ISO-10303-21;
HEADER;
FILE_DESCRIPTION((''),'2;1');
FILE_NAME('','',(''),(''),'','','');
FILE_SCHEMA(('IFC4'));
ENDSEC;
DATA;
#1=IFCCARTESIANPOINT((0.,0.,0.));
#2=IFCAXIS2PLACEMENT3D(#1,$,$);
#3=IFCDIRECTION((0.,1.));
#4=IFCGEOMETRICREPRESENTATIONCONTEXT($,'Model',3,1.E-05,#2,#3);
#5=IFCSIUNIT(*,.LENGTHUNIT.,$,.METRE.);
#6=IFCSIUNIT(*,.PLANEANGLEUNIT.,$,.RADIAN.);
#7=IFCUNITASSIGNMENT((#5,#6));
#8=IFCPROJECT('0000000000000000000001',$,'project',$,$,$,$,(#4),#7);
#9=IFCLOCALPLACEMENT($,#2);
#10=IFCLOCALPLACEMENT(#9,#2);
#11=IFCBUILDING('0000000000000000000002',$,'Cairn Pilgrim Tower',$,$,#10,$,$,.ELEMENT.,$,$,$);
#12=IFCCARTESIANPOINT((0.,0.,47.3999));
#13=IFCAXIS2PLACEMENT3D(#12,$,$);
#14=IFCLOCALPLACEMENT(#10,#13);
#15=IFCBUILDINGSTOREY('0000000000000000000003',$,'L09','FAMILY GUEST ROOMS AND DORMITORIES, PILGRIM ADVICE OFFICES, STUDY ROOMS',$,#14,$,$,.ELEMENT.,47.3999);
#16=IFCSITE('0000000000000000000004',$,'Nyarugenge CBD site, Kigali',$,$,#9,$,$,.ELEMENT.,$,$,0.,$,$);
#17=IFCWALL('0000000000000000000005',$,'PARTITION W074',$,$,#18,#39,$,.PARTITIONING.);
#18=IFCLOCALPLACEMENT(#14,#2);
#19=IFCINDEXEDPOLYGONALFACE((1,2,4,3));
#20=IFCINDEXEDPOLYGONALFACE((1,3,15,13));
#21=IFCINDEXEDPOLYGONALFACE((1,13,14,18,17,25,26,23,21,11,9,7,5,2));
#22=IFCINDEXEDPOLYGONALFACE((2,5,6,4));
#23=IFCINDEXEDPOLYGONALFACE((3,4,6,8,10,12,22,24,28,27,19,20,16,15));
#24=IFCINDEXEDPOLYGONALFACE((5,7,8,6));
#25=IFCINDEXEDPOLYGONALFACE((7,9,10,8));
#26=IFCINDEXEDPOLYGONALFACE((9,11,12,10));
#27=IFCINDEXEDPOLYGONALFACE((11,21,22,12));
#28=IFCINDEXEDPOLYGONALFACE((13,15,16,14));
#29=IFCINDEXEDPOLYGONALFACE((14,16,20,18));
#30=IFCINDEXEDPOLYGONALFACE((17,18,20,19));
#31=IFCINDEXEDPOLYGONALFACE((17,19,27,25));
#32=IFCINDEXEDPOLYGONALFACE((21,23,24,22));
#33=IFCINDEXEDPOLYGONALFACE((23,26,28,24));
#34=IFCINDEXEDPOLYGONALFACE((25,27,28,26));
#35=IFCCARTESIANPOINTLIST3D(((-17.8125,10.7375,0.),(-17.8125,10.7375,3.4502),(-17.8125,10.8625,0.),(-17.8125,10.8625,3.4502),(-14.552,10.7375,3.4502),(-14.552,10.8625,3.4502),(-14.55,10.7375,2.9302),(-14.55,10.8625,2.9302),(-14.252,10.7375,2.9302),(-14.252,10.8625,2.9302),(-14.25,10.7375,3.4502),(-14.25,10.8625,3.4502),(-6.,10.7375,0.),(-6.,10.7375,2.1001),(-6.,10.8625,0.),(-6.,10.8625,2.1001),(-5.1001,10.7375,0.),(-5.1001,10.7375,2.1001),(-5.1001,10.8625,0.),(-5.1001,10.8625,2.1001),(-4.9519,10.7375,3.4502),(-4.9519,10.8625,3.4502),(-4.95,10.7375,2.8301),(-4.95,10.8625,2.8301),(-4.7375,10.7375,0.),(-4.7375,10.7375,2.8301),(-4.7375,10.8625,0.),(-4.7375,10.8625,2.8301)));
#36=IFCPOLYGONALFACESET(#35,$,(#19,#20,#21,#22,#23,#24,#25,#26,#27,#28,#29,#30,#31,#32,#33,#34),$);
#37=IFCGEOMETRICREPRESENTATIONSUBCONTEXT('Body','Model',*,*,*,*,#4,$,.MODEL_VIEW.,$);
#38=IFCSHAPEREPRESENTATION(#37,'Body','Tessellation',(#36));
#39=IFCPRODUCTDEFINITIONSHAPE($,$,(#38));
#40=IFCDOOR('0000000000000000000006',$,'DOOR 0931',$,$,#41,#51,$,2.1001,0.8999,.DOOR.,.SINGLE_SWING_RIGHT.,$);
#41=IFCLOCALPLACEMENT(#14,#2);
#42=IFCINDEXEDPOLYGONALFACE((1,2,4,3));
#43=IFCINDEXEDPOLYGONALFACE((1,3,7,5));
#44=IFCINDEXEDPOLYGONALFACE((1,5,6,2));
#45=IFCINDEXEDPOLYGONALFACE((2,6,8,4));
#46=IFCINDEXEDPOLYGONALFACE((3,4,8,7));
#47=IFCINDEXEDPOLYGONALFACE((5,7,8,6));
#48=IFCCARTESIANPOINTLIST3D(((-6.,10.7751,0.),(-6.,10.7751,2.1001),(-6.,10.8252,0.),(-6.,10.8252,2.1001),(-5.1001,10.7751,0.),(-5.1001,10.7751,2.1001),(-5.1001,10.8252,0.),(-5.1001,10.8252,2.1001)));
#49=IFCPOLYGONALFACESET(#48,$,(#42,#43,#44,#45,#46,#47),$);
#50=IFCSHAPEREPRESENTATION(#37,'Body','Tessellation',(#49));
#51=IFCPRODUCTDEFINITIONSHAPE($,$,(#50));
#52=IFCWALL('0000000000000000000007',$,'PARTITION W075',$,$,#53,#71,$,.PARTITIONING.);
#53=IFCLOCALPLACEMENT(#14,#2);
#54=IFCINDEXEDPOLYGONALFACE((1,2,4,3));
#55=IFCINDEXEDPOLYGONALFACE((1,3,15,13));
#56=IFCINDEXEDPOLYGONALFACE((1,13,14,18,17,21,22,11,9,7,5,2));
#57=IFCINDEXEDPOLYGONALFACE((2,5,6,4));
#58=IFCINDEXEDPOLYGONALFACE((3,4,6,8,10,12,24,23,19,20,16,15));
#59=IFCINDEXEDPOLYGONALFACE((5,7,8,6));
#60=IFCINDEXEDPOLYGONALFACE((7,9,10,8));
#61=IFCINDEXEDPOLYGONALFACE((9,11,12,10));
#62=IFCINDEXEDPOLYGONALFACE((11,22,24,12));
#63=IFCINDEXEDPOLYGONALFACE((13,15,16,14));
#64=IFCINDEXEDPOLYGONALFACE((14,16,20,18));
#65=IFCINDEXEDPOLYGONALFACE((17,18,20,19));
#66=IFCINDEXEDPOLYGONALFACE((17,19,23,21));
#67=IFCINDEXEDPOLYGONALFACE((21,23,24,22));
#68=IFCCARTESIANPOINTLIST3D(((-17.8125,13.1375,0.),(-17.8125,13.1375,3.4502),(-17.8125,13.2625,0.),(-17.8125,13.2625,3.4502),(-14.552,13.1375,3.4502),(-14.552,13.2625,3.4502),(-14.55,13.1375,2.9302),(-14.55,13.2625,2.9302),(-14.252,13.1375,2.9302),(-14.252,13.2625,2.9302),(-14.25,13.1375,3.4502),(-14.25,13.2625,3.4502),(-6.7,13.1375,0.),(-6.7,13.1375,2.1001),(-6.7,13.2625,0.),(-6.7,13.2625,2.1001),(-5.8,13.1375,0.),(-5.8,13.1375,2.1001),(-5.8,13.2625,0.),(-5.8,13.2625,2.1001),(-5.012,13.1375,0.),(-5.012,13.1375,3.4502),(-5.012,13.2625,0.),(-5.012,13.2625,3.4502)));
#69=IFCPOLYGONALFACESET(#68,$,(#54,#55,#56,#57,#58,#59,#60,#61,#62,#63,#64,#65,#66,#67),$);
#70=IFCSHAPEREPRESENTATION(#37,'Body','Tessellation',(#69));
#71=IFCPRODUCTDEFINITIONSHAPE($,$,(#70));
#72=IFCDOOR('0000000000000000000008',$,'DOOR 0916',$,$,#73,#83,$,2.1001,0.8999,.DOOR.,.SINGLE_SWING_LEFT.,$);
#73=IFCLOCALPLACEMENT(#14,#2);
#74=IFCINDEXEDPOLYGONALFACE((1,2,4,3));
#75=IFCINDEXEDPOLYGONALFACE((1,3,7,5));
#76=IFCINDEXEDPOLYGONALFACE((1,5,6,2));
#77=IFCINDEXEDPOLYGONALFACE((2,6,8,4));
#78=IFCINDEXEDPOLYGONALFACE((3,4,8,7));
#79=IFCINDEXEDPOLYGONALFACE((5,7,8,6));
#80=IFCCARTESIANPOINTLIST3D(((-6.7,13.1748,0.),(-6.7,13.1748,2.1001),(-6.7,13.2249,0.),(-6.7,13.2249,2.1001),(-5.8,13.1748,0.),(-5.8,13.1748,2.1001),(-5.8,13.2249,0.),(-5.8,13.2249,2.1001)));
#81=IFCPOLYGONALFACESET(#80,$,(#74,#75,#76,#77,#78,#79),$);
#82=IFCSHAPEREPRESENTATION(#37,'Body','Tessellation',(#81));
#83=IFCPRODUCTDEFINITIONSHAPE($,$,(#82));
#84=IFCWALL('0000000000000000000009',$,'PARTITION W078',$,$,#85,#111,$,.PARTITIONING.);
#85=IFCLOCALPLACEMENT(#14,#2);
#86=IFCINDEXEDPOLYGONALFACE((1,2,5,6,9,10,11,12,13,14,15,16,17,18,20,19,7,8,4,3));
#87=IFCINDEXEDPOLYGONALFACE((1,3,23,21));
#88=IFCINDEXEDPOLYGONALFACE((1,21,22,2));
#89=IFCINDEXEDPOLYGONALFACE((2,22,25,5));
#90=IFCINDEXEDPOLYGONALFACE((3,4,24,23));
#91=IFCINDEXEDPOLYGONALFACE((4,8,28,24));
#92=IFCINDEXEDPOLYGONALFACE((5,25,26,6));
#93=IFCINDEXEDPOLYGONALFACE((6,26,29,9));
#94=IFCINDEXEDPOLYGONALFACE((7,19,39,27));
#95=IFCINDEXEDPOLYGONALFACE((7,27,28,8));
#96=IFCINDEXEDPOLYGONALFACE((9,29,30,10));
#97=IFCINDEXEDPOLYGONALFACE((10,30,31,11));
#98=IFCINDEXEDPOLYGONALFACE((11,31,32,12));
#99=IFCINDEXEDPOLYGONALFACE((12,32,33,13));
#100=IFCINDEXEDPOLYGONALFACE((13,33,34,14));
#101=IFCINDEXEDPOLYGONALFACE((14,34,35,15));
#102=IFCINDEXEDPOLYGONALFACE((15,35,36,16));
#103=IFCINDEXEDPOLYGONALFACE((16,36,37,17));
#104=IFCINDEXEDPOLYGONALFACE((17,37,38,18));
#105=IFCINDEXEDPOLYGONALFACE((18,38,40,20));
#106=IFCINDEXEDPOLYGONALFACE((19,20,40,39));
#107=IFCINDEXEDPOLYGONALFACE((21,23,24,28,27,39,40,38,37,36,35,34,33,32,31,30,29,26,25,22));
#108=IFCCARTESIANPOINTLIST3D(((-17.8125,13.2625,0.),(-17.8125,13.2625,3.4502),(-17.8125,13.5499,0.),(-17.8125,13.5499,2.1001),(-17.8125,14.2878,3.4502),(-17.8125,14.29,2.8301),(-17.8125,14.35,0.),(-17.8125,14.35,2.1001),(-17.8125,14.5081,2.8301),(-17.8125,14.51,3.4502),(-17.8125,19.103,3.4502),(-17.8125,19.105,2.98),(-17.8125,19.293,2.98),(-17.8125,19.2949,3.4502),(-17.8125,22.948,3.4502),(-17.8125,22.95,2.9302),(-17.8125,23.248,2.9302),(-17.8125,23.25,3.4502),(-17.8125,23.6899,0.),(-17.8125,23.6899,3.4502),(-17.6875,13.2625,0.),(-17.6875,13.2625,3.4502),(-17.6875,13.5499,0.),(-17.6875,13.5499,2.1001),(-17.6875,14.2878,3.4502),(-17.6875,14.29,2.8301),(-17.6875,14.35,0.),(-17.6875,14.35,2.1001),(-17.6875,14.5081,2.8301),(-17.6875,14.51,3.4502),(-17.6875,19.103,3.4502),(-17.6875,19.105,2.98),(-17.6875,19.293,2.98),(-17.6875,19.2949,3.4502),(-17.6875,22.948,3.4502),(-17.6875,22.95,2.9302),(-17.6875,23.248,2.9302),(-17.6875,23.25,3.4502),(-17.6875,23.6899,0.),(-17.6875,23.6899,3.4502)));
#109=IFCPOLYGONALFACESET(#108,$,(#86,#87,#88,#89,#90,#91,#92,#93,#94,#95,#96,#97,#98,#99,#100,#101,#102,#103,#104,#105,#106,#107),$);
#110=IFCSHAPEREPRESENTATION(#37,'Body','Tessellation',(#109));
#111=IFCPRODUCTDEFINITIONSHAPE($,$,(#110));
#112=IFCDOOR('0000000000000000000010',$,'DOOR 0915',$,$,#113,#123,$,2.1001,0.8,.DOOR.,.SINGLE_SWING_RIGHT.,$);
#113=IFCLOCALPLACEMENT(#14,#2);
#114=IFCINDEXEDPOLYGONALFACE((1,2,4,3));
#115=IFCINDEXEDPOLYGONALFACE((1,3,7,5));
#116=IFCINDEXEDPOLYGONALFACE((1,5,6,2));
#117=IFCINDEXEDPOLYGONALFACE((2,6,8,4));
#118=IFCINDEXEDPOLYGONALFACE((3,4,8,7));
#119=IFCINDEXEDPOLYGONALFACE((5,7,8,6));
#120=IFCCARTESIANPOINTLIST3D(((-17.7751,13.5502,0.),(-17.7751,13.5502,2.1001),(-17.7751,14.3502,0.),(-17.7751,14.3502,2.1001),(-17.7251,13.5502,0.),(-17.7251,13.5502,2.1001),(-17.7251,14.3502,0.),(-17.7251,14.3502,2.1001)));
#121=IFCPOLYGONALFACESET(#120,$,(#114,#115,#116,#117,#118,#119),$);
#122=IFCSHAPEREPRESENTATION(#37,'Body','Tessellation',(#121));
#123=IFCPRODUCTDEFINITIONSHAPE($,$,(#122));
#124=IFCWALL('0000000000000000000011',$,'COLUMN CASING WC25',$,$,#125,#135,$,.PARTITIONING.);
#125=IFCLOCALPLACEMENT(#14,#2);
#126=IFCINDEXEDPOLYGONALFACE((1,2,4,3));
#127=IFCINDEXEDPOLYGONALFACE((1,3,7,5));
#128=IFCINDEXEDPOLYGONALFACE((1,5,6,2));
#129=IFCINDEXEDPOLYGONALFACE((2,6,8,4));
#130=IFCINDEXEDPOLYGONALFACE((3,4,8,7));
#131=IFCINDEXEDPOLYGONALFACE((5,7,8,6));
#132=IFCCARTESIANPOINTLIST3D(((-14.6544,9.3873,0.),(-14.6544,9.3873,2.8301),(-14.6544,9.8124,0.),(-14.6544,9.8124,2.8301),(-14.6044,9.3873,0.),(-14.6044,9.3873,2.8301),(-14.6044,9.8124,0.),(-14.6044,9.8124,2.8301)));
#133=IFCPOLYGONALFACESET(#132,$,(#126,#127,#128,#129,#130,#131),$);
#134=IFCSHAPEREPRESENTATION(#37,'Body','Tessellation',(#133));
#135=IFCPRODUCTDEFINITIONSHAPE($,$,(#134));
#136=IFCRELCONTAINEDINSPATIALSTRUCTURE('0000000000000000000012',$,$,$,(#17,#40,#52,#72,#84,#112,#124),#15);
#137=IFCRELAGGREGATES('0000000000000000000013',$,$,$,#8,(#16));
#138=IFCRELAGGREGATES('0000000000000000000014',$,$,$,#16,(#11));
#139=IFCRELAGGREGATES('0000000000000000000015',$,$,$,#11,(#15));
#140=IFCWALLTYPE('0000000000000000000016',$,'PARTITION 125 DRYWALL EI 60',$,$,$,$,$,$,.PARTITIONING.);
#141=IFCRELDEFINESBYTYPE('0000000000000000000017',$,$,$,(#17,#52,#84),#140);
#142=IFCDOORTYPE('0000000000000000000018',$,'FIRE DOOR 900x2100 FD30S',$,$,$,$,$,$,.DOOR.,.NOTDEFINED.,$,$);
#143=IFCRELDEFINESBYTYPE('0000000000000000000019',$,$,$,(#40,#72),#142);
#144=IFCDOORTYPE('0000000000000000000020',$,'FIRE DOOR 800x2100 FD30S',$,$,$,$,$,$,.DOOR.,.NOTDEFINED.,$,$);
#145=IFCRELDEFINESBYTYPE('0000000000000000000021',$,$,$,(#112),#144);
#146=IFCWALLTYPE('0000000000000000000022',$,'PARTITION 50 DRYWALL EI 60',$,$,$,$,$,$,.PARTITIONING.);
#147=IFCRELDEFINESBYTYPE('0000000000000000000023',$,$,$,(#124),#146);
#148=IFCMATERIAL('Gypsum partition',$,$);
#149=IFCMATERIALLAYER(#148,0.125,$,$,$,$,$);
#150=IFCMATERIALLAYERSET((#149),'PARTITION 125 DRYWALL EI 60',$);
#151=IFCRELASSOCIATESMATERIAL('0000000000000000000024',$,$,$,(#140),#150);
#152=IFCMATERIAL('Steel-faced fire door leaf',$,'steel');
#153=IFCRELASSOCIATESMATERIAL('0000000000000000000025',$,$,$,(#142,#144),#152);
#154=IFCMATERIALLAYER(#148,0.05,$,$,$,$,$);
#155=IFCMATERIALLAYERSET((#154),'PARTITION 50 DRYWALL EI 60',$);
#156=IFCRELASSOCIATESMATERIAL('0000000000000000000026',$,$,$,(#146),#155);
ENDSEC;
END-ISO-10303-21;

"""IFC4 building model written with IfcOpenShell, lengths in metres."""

from ifc_helpers import new_model, si_unit, direction, frame, frame_2d, origin, place, context, subcontext, project, spatial, polyline, rectangle, outline, extrude, material, layer, layer_set, type_object, element, fill, save


model = new_model("IFC4")

# Units and contexts
model_context = context("Model", 3, precision=1e-05, world=origin(), true_north=direction((0.0, 1.0)))
body_context = subcontext(model_context, "Body", "Model", "MODEL_VIEW")
ifc_project = project(units=[si_unit("LENGTHUNIT", "METRE"), si_unit("PLANEANGLEUNIT", "RADIAN")], contexts=[model_context])

# Site, building, storey
site_placement = place(None, origin())
site = spatial("IfcSite", under=ifc_project, at=site_placement, Name="Nyarugenge CBD site, Kigali", CompositionType="ELEMENT", RefElevation=0.0)
building_placement = place(site_placement, origin())
building = spatial("IfcBuilding", under=site, at=building_placement, Name="Cairn Pilgrim Tower", CompositionType="ELEMENT")
storey_placement = place(building_placement, frame((0.0, 0.0, 47.3999)))
storey = spatial("IfcBuildingStorey", under=building, at=storey_placement, Name="L09", Description="FAMILY GUEST ROOMS AND DORMITORIES, PILGRIM ADVICE OFFICES, STUDY ROOMS", CompositionType="ELEMENT", Elevation=47.3999)

# Shared definitions
ifc_material_1 = material(Name="Gypsum partition")

# Shared definitions
ifc_layer_1 = layer(ifc_material_1, 0.125)
ifc_layer_set_1 = layer_set([ifc_layer_1], Name="PARTITION 125 DRYWALL EI 60")
wall_type_1 = type_object("IfcWallType", Name="PARTITION 125 DRYWALL EI 60", PredefinedType="PARTITIONING", material=ifc_layer_set_1)

# Shared definitions
ifc_material_2 = material(Name="Steel-faced fire door leaf", Category="steel")
door_type_1 = type_object("IfcDoorType", Name="FIRE DOOR 900x2100 FD30S", OperationType="NOTDEFINED", PredefinedType="DOOR", material=ifc_material_2)
door_type_2 = type_object("IfcDoorType", Name="FIRE DOOR 800x2100 FD30S", OperationType="NOTDEFINED", PredefinedType="DOOR", material=ifc_material_2)

# Walls, openings, doors
wall_1_placement = place(storey_placement, frame((-17.8125, 10.8, 0.0), z_axis=(0.0, 0.0, 1.0), x_axis=(1.0, 0.0, 0.0)))
wall_1 = element("IfcWall", 1, at=wall_1_placement, inside=storey, type_object=wall_type_1, Name="PARTITION W074", PredefinedType="PARTITIONING", context=body_context, shape_type="SweptSolid", body=[
    extrude(outline(polyline([(0.0, 0.0), (13.075, 0.0), (13.075, 2.8301), (12.8625, 2.8301), (12.8606, 3.4502), (3.5625, 3.4502), (3.5605, 2.9302), (3.2625, 2.9302), (3.2605, 3.4502), (0.0, 3.4502), (0.0, 0.0)])), frame((0.0, 0.0625, 0.0), z_axis=(0.0, -1.0, 0.0), x_axis=(1.0, 0.0, 0.0)), (0.0, 0.0, 1.0), 0.125),
])
opening_1_placement = place(wall_1_placement, frame((11.8125, 0.0, 0.0)))
opening_1 = element("IfcOpeningElement", 2, at=opening_1_placement, cuts=wall_1, PredefinedType="OPENING", context=body_context, shape_type="SweptSolid", body=[
    extrude(rectangle(XDim=0.8999, YDim=2.1001, at=frame_2d((0.45, 1.05))), frame((0.0, 0.0725, 0.0), z_axis=(0.0, -1.0, 0.0), x_axis=(1.0, 0.0, 0.0)), (0.0, 0.0, 1.0), 0.145),
])
door_1_placement = place(opening_1_placement, frame((0.8999, 0.0, 0.0), z_axis=(0.0, 0.0, 1.0), x_axis=(-1.0, 0.0, 0.0)))
door_1 = element("IfcDoor", 3, at=door_1_placement, inside=storey, type_object=door_type_1, Name="DOOR 0931", OperationType="SINGLE_SWING_RIGHT", OverallHeight=2.1001, OverallWidth=0.8999, PredefinedType="DOOR", context=body_context, shape_type="SweptSolid", body=[
    extrude(rectangle(XDim=0.8999, YDim=2.1001, at=frame_2d((0.45, 1.05))), frame((0.0, 0.0249, 0.0), z_axis=(0.0, -1.0, 0.0), x_axis=(1.0, 0.0, 0.0)), (0.0, 0.0, 1.0), 0.05),
])
fill(opening_1, door_1)
wall_2_placement = place(storey_placement, frame((-17.8125, 13.2, 0.0), z_axis=(0.0, 0.0, 1.0), x_axis=(1.0, 0.0, 0.0)))
wall_2 = element("IfcWall", 4, at=wall_2_placement, inside=storey, type_object=wall_type_1, Name="PARTITION W075", PredefinedType="PARTITIONING", context=body_context, shape_type="SweptSolid", body=[
    extrude(outline(polyline([(0.0, 0.0), (12.8005, 0.0), (12.8005, 3.4502), (3.5625, 3.4502), (3.5605, 2.9302), (3.2625, 2.9302), (3.2605, 3.4502), (0.0, 3.4502), (0.0, 0.0)])), frame((0.0, 0.0625, 0.0), z_axis=(0.0, -1.0, 0.0), x_axis=(1.0, 0.0, 0.0)), (0.0, 0.0, 1.0), 0.125),
])
opening_2_placement = place(wall_2_placement, frame((11.1125, 0.0, 0.0)))
opening_2 = element("IfcOpeningElement", 5, at=opening_2_placement, cuts=wall_2, PredefinedType="OPENING", context=body_context, shape_type="SweptSolid", body=[
    extrude(rectangle(XDim=0.8999, YDim=2.1001, at=frame_2d((0.45, 1.05))), frame((0.0, 0.0725, 0.0), z_axis=(0.0, -1.0, 0.0), x_axis=(1.0, 0.0, 0.0)), (0.0, 0.0, 1.0), 0.145),
])
door_2_placement = place(opening_2_placement, origin())
door_2 = element("IfcDoor", 6, at=door_2_placement, inside=storey, type_object=door_type_1, Name="DOOR 0916", OperationType="SINGLE_SWING_LEFT", OverallHeight=2.1001, OverallWidth=0.8999, PredefinedType="DOOR", context=body_context, shape_type="SweptSolid", body=[
    extrude(rectangle(XDim=0.8999, YDim=2.1001, at=frame_2d((0.45, 1.05))), frame((0.0, 0.0249, 0.0), z_axis=(0.0, -1.0, 0.0), x_axis=(1.0, 0.0, 0.0)), (0.0, 0.0, 1.0), 0.05),
])
fill(opening_2, door_2)
wall_3_placement = place(storey_placement, frame((-17.75, 13.2625, 0.0), z_axis=(0.0, 0.0, 1.0), x_axis=(0.0, 1.0, 0.0)))
wall_3 = element("IfcWall", 7, at=wall_3_placement, inside=storey, type_object=wall_type_1, Name="PARTITION W078", PredefinedType="PARTITIONING", context=body_context, shape_type="SweptSolid", body=[
    extrude(outline(polyline([(0.0, 0.0), (10.4275, 0.0), (10.4275, 3.4502), (9.9875, 3.4502), (9.9856, 2.9302), (9.6875, 2.9302), (9.6855, 3.4502), (6.0325, 3.4502), (6.0305, 2.98), (5.8425, 2.98), (5.8406, 3.4502), (1.2476, 3.4502), (1.2456, 2.8301), (1.0276, 2.8301), (1.0254, 3.4502), (0.0, 3.4502), (0.0, 0.0)])), frame((0.0, 0.0625, 0.0), z_axis=(0.0, -1.0, 0.0), x_axis=(1.0, 0.0, 0.0)), (0.0, 0.0, 1.0), 0.125),
])
opening_3_placement = place(wall_3_placement, frame((0.2876, 0.0, 0.0)))
opening_3 = element("IfcOpeningElement", 8, at=opening_3_placement, cuts=wall_3, PredefinedType="OPENING", context=body_context, shape_type="SweptSolid", body=[
    extrude(rectangle(XDim=0.8, YDim=2.1001, at=frame_2d((0.3999, 1.05))), frame((0.0, 0.0725, 0.0), z_axis=(0.0, -1.0, 0.0), x_axis=(1.0, 0.0, 0.0)), (0.0, 0.0, 1.0), 0.145),
])
door_3_placement = place(opening_3_placement, frame((0.8, 0.0, 0.0), z_axis=(0.0, 0.0, 1.0), x_axis=(-1.0, 0.0, 0.0)))
door_3 = element("IfcDoor", 9, at=door_3_placement, inside=storey, type_object=door_type_2, Name="DOOR 0915", OperationType="SINGLE_SWING_RIGHT", OverallHeight=2.1001, OverallWidth=0.8, PredefinedType="DOOR", context=body_context, shape_type="SweptSolid", body=[
    extrude(rectangle(XDim=0.8, YDim=2.1001, at=frame_2d((0.3999, 1.05))), frame((0.0, 0.0249, 0.0), z_axis=(0.0, -1.0, 0.0), x_axis=(1.0, 0.0, 0.0)), (0.0, 0.0, 1.0), 0.05),
])
fill(opening_3, door_3)

# Wall
ifc_layer_2 = layer(ifc_material_1, 0.05)
ifc_layer_set_2 = layer_set([ifc_layer_2], Name="PARTITION 50 DRYWALL EI 60")
wall_type_2 = type_object("IfcWallType", Name="PARTITION 50 DRYWALL EI 60", PredefinedType="PARTITIONING", material=ifc_layer_set_2)
wall_4_placement = place(storey_placement, frame((-14.6294, 9.3875, 0.0), z_axis=(0.0, 0.0, 1.0), x_axis=(0.0, 1.0, 0.0)))
element("IfcWall", 10, at=wall_4_placement, inside=storey, type_object=wall_type_2, Name="COLUMN CASING WC25", PredefinedType="PARTITIONING", context=body_context, shape_type="SweptSolid", body=[
    extrude(rectangle(XDim=0.425, YDim=0.05, at=frame_2d((0.2124, 0.0))), origin(), (0.0, 0.0, 1.0), 2.8301),
])

save(model, "model.ifc")
